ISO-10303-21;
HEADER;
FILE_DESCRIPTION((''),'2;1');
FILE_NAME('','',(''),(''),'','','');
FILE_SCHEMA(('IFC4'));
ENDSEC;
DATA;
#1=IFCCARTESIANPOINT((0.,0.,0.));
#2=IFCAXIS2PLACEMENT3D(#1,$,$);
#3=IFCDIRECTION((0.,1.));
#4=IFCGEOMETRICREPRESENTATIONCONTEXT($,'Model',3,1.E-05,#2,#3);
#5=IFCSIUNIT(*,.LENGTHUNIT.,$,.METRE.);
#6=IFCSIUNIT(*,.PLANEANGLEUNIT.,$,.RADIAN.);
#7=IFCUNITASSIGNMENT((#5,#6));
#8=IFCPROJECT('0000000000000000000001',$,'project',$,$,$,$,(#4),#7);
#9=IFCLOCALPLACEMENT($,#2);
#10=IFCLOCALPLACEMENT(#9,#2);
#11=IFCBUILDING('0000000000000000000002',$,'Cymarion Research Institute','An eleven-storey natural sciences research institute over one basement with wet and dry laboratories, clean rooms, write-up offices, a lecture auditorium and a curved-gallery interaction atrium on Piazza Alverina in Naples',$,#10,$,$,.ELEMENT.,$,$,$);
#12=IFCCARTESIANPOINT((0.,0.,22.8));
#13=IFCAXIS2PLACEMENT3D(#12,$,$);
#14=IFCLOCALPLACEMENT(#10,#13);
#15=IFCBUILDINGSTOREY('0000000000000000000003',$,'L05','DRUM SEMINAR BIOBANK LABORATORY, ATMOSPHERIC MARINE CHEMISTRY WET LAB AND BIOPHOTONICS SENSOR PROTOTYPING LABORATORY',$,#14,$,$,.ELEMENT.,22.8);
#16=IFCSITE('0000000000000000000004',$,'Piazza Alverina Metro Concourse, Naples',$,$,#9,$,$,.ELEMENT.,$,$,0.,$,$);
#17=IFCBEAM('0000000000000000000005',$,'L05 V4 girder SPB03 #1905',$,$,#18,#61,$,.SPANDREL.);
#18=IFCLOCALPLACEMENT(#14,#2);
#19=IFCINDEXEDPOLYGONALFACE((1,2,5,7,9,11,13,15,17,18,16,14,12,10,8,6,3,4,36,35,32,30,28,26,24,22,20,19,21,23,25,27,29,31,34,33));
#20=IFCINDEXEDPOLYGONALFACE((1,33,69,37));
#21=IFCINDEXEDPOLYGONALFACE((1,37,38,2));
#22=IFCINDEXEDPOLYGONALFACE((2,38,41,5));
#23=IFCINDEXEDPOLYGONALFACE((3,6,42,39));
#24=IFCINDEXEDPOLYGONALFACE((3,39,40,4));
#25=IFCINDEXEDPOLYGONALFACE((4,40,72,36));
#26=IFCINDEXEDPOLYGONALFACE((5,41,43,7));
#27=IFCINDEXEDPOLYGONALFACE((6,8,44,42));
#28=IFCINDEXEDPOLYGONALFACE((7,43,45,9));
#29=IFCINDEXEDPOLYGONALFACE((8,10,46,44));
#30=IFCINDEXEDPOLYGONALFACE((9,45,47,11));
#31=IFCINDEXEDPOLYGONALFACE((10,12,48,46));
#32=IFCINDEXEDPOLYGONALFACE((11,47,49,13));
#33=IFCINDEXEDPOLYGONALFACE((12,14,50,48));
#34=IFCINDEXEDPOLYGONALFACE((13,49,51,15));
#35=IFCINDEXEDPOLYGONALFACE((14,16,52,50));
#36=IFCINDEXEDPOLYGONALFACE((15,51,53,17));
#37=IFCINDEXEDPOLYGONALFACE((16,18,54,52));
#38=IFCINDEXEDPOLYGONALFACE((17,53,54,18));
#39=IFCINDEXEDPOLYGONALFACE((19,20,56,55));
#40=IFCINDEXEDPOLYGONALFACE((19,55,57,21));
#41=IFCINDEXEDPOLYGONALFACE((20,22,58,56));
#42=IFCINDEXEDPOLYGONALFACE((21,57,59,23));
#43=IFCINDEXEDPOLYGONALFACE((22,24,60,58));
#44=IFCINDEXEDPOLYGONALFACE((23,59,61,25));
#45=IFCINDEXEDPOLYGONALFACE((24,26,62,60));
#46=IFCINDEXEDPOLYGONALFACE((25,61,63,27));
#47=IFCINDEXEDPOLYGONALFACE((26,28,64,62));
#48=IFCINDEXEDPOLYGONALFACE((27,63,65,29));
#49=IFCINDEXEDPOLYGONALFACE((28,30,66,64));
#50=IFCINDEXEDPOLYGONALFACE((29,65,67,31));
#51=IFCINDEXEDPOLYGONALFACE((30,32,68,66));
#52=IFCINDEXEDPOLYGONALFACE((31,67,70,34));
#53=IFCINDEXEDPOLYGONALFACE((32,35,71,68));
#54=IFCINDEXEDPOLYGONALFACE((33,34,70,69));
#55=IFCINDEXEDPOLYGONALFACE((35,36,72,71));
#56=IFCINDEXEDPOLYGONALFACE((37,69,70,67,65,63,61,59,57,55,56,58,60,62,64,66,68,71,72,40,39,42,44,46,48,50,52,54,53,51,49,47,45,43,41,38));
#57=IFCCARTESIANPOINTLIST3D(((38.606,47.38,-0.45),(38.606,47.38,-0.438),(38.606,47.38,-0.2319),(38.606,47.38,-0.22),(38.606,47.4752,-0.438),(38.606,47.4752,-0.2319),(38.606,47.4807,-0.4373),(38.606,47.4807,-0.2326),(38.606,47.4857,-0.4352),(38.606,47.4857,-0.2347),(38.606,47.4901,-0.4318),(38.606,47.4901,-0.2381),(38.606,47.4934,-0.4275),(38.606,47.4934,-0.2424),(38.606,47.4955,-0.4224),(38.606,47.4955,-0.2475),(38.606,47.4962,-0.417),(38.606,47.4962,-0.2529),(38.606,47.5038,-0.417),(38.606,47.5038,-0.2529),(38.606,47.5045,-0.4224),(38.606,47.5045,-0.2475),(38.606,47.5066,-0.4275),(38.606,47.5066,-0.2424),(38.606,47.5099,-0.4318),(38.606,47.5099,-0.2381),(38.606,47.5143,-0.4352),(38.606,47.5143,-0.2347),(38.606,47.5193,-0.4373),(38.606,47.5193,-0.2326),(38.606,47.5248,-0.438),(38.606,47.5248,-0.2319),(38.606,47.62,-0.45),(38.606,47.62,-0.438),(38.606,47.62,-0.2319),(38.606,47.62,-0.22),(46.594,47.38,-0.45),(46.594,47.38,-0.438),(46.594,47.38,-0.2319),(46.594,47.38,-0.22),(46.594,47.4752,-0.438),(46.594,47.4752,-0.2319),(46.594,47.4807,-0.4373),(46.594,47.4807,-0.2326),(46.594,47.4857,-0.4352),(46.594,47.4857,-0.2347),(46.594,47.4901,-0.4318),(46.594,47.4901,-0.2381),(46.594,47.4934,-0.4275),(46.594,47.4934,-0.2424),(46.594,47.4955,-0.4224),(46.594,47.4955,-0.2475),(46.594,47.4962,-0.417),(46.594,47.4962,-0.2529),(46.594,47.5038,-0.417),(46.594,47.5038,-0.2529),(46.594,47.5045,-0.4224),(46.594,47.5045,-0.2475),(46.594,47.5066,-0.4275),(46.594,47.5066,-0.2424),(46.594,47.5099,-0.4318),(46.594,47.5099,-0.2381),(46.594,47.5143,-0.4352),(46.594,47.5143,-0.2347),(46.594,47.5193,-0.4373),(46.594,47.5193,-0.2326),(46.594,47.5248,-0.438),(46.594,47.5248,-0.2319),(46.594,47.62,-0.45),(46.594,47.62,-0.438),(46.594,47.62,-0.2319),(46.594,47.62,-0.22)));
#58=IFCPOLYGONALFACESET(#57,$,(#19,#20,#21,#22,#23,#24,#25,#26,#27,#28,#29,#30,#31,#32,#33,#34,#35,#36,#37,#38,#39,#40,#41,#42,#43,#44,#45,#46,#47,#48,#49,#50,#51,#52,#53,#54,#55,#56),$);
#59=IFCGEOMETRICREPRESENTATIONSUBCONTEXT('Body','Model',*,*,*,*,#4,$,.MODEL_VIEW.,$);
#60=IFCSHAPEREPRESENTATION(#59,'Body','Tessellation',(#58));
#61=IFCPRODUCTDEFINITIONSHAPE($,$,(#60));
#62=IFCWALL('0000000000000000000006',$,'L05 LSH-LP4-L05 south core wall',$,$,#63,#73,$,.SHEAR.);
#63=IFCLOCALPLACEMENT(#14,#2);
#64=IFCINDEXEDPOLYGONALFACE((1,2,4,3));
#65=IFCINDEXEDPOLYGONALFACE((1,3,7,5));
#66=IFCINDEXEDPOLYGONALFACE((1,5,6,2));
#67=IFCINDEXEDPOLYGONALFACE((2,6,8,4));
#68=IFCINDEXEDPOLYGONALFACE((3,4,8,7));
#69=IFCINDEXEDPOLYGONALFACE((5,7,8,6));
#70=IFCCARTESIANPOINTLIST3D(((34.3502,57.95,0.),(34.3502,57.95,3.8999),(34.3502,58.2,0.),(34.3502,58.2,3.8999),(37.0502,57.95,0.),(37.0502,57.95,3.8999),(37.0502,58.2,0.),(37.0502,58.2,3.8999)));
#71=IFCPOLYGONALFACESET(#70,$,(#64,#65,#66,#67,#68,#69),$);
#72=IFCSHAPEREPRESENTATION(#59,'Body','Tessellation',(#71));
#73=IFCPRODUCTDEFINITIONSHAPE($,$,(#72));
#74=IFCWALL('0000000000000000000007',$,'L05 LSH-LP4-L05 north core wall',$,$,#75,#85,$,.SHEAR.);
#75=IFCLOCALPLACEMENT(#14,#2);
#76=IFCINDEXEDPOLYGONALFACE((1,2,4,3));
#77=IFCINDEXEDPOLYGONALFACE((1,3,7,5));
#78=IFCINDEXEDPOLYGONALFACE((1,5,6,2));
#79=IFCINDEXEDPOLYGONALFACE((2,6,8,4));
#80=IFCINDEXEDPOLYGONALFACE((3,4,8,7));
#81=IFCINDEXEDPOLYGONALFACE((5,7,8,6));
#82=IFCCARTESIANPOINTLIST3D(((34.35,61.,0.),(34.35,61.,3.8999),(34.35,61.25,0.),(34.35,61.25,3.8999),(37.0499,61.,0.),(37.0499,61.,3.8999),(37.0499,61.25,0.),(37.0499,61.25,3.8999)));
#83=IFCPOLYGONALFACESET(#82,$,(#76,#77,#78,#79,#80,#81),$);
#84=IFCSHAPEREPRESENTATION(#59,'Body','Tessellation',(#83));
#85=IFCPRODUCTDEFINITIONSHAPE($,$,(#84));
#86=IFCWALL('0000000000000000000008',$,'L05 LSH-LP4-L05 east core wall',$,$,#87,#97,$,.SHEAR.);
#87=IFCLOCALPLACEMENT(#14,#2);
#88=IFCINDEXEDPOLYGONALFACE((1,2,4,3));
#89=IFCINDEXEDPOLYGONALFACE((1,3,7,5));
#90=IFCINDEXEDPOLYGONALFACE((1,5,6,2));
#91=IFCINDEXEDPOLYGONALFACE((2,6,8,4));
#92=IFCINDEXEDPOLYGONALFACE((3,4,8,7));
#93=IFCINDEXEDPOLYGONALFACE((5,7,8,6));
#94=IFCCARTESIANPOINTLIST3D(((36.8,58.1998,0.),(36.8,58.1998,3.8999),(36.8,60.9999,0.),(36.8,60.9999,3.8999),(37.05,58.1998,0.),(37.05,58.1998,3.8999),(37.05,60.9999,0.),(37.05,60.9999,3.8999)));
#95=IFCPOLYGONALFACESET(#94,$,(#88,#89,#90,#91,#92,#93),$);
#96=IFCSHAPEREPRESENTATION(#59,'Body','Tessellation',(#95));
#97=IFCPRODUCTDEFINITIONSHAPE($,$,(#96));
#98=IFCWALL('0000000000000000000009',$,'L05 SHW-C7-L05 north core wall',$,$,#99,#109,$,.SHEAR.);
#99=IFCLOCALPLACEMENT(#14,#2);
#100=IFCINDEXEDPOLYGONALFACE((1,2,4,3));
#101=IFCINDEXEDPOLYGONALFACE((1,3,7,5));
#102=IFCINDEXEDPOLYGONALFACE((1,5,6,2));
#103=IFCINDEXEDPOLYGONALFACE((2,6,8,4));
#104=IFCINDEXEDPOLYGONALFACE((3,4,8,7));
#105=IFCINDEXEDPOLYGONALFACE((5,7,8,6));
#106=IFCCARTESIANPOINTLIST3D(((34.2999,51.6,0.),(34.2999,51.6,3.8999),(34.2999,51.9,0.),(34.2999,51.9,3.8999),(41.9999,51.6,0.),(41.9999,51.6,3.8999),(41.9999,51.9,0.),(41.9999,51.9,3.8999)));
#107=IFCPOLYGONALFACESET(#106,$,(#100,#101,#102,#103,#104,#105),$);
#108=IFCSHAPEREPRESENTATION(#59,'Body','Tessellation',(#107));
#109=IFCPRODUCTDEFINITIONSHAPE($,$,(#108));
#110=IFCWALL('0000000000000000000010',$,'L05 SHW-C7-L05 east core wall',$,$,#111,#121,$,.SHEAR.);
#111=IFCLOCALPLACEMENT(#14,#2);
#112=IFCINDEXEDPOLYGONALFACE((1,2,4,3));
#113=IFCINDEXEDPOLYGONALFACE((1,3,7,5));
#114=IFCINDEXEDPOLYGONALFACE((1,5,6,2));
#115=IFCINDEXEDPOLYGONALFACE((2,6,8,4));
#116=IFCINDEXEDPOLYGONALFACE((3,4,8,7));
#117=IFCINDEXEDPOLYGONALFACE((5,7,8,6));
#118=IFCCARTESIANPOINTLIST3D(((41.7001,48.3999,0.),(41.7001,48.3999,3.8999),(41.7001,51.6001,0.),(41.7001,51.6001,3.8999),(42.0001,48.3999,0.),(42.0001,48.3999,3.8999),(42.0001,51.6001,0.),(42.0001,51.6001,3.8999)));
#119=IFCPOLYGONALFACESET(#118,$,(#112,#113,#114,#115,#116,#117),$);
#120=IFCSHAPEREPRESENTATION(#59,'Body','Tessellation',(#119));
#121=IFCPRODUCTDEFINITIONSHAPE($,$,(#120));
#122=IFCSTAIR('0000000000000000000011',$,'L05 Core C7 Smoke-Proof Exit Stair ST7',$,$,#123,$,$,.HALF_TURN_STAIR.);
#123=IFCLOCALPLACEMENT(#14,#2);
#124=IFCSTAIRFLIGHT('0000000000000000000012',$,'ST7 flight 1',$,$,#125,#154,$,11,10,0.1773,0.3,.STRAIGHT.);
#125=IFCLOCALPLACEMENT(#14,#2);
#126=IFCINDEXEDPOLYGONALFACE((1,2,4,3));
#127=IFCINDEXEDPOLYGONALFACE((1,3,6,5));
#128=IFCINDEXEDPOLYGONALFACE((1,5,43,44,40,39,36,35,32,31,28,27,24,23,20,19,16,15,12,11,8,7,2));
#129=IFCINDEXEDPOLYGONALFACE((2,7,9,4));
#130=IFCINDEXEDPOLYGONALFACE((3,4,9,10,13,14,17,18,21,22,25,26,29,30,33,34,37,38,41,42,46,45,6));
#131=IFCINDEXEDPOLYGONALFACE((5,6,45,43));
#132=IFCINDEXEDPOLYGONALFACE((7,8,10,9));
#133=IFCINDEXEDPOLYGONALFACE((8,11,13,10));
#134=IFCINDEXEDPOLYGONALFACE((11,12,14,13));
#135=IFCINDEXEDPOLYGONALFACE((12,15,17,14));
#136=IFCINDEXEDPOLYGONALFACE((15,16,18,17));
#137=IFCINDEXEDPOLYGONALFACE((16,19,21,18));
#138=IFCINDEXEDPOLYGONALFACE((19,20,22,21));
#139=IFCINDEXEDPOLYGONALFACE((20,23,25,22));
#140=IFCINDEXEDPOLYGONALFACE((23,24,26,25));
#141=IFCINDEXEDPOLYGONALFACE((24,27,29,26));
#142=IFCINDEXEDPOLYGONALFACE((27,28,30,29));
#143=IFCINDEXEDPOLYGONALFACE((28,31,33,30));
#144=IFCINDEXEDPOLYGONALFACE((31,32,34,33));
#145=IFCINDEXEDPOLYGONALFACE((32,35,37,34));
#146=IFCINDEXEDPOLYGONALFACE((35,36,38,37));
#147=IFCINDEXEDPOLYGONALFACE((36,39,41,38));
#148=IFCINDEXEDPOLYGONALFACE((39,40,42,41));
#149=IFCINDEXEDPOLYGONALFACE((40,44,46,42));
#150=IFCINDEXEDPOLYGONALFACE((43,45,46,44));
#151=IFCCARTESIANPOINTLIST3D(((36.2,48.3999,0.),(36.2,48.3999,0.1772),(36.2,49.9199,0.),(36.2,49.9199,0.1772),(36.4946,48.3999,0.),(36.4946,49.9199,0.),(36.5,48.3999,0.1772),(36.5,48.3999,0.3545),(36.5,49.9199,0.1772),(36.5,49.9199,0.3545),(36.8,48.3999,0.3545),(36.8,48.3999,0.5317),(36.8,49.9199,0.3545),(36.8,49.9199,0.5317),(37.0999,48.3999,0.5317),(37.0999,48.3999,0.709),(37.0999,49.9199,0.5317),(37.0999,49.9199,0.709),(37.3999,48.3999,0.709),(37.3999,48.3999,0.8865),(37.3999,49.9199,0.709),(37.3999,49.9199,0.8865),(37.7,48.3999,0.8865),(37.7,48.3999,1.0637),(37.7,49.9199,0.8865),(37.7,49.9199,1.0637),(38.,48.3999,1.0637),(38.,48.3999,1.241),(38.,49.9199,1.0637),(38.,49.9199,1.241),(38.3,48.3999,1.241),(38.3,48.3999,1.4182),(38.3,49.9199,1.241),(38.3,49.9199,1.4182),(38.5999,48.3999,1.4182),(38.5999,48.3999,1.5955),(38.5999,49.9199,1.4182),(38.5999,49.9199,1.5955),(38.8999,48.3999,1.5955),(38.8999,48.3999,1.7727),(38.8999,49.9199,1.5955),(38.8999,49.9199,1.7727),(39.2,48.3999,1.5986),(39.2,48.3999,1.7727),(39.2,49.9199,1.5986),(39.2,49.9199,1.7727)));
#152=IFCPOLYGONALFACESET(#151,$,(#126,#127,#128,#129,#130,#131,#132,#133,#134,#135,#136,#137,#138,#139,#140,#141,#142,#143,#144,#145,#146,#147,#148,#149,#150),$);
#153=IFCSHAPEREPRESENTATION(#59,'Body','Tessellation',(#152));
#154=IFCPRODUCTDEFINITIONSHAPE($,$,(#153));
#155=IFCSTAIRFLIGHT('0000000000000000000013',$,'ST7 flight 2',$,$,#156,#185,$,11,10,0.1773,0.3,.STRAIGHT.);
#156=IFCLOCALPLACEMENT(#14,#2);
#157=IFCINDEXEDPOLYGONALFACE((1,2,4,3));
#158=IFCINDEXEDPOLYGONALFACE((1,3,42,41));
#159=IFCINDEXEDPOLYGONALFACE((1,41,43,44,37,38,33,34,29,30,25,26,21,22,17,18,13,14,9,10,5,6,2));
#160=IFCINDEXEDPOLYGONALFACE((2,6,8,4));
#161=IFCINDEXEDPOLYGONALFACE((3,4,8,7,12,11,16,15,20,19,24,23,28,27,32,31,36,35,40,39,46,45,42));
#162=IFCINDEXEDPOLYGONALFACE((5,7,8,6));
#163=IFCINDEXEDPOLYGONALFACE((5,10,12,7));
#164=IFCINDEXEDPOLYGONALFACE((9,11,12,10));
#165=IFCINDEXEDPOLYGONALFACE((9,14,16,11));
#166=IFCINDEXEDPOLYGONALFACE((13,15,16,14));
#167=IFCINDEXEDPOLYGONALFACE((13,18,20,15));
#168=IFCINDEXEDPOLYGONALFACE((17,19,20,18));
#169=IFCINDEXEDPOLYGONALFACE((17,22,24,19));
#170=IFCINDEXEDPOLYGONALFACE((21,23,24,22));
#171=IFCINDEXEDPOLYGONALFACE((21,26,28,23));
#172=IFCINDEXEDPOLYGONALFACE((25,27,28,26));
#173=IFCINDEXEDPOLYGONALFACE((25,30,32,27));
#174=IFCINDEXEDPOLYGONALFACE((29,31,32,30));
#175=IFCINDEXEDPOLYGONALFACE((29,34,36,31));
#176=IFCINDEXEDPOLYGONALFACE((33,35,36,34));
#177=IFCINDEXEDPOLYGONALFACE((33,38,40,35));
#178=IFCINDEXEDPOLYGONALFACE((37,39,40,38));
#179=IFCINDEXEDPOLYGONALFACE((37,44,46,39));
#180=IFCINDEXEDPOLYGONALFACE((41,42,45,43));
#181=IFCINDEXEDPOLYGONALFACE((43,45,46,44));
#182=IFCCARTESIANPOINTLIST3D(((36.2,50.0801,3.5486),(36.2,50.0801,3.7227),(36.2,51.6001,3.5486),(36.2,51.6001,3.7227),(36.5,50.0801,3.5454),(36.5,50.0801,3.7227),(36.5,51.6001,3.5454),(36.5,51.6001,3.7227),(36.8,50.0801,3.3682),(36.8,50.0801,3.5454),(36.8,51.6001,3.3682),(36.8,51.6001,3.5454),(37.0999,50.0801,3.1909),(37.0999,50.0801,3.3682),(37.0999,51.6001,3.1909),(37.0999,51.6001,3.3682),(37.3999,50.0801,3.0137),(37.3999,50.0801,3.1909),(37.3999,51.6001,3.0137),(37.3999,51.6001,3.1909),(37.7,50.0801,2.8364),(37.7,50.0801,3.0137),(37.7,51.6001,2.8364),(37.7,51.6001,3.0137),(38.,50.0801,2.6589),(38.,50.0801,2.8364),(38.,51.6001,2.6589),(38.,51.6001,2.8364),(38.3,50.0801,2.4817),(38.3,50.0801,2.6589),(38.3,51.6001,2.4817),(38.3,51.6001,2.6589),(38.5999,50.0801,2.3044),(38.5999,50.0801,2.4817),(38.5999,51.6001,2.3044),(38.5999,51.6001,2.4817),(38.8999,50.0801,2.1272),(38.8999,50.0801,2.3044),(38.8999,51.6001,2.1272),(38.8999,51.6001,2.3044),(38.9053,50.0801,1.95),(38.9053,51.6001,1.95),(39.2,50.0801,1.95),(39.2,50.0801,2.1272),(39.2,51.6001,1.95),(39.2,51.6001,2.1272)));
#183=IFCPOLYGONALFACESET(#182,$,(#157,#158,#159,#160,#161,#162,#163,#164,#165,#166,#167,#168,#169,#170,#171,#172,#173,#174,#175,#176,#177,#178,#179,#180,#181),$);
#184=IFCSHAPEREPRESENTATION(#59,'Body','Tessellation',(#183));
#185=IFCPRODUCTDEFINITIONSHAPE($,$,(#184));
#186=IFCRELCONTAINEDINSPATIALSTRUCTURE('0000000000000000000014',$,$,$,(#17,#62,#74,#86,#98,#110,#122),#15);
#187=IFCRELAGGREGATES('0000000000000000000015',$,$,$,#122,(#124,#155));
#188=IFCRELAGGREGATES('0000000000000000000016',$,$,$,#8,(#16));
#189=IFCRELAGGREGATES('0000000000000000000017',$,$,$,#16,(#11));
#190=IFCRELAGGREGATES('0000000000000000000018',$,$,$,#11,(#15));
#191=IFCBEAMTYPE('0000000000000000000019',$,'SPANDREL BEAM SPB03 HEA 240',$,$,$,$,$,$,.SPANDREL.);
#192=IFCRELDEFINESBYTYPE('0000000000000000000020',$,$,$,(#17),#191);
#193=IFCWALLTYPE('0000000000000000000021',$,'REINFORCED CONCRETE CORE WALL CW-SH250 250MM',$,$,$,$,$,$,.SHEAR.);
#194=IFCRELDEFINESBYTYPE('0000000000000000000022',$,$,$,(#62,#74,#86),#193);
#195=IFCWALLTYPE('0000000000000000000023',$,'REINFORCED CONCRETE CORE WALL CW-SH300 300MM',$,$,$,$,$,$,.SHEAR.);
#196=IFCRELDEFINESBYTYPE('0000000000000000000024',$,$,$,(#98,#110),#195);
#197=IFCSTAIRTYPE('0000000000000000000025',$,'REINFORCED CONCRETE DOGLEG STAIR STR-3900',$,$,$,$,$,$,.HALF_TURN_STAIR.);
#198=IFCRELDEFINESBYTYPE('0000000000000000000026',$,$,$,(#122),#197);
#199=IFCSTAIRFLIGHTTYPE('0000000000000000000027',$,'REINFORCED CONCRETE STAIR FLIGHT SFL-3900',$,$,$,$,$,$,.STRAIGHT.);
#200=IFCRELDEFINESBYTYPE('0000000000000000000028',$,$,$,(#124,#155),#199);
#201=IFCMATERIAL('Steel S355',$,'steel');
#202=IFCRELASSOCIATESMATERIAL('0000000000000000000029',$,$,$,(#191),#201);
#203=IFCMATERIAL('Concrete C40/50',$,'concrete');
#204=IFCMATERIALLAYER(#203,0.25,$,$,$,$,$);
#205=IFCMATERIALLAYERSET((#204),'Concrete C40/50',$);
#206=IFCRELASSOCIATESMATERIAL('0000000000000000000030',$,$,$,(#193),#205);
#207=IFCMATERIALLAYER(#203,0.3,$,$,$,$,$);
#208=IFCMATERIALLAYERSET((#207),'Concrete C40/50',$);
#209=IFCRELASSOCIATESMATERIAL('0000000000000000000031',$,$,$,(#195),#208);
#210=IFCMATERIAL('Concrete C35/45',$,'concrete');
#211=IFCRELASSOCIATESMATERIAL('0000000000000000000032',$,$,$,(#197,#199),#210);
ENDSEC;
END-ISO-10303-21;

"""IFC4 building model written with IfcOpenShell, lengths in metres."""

from ifc_helpers import new_model, si_unit, direction, frame, frame_2d, origin, origin_2d, place, context, subcontext, project, spatial, polyline, rectangle, i_section, outline, extrude, material, layer, layer_set, material_profile, profile_set, type_object, element, aggregate, save


model = new_model("IFC4")

# Units and contexts
model_context = context("Model", 3, precision=1e-05, world=origin(), true_north=direction((0.0, 1.0)))
body_context = subcontext(model_context, "Body", "Model", "MODEL_VIEW")
ifc_project = project(units=[si_unit("LENGTHUNIT", "METRE"), si_unit("PLANEANGLEUNIT", "RADIAN")], contexts=[model_context])

# Site, building, storey
site_placement = place(None, origin())
site = spatial("IfcSite", under=ifc_project, at=site_placement, Name="Piazza Alverina Metro Concourse, Naples", CompositionType="ELEMENT", RefElevation=0.0)
building_placement = place(site_placement, origin())
building = spatial("IfcBuilding", under=site, at=building_placement, Name="Cymarion Research Institute", Description="An eleven-storey natural sciences research institute over one basement with wet and dry laboratories, clean rooms, write-up offices, a lecture auditorium and a curved-gallery interaction atrium on Piazza Alverina in Naples", CompositionType="ELEMENT")
storey_placement = place(building_placement, frame((0.0, 0.0, 22.8)))
storey = spatial("IfcBuildingStorey", under=building, at=storey_placement, Name="L05", Description="DRUM SEMINAR BIOBANK LABORATORY, ATMOSPHERIC MARINE CHEMISTRY WET LAB AND BIOPHOTONICS SENSOR PROTOTYPING LABORATORY", CompositionType="ELEMENT", Elevation=22.8)

# Shared definitions
ifc_material_1 = material(Name="Steel S355", Category="steel")

# Beam
ifc_material_profile_1 = material_profile(ifc_material_1, i_section(OverallWidth=0.24, OverallDepth=0.23, WebThickness=0.0076, FlangeThickness=0.012, FilletRadius=0.021, at=origin_2d()), Name="HEA 240")
ifc_profile_set_1 = profile_set([ifc_material_profile_1], Name="Steel S355")
beam_type_1 = type_object("IfcBeamType", Name="SPANDREL BEAM SPB03 HEA 240", PredefinedType="SPANDREL", material=ifc_profile_set_1)
beam_1_placement = place(storey_placement, frame((38.606, 47.5, -0.335), z_axis=(1.0, 0.0, 0.0), x_axis=(0.0, 1.0, 0.0)))
element("IfcBeam", 1, at=beam_1_placement, inside=storey, type_object=beam_type_1, Name="L05 V4 girder SPB03 #1905", PredefinedType="SPANDREL", context=body_context, shape_type="SweptSolid", body=[
    extrude(i_section(OverallWidth=0.24, OverallDepth=0.23, WebThickness=0.0076, FlangeThickness=0.012, FilletRadius=0.021, at=origin_2d()), origin(), (0.0, 0.0, 1.0), 7.988),
])

# Walls
ifc_material_2 = material(Name="Concrete C40/50", Category="concrete")
ifc_layer_1 = layer(ifc_material_2, 0.25)
ifc_layer_set_1 = layer_set([ifc_layer_1], Name="Concrete C40/50")
wall_type_1 = type_object("IfcWallType", Name="REINFORCED CONCRETE CORE WALL CW-SH250 250MM", PredefinedType="SHEAR", material=ifc_layer_set_1)
for number, where, z_axis, x_axis, name in (
    (2, (34.3501, 58.075, 0.0), (0.0, 0.0, 1.0), (1.0, 0.0, 0.0), "L05 LSH-LP4-L05 south core wall"),
    (3, (37.05, 61.125, 0.0), (0.0, 0.0, 1.0), (-1.0, 0.0, 0.0), "L05 LSH-LP4-L05 north core wall"),
):
    element("IfcWall", number, at=place(storey_placement, frame(where, z_axis=z_axis, x_axis=x_axis)), inside=storey, type_object=wall_type_1, Name=name, PredefinedType="SHEAR", context=body_context, shape_type="SweptSolid", body=[
        extrude(rectangle(XDim=2.7, YDim=0.25, at=frame_2d((1.3501, 0.0))), origin(), (0.0, 0.0, 1.0), 3.8999),
    ])

# Walls
wall_1_placement = place(storey_placement, frame((36.925, 58.2, 0.0), z_axis=(0.0, 0.0, 1.0), x_axis=(0.0, 1.0, 0.0)))
element("IfcWall", 4, at=wall_1_placement, inside=storey, type_object=wall_type_1, Name="L05 LSH-LP4-L05 east core wall", PredefinedType="SHEAR", context=body_context, shape_type="SweptSolid", body=[
    extrude(rectangle(XDim=2.8, YDim=0.25, at=frame_2d((1.3999, 0.0))), origin(), (0.0, 0.0, 1.0), 3.8999),
])
ifc_layer_2 = layer(ifc_material_2, 0.3)
ifc_layer_set_2 = layer_set([ifc_layer_2], Name="Concrete C40/50")
wall_type_2 = type_object("IfcWallType", Name="REINFORCED CONCRETE CORE WALL CW-SH300 300MM", PredefinedType="SHEAR", material=ifc_layer_set_2)
wall_2_placement = place(storey_placement, frame((42.0, 51.75, 0.0), z_axis=(0.0, 0.0, 1.0), x_axis=(-1.0, 0.0, 0.0)))
element("IfcWall", 5, at=wall_2_placement, inside=storey, type_object=wall_type_2, Name="L05 SHW-C7-L05 north core wall", PredefinedType="SHEAR", context=body_context, shape_type="SweptSolid", body=[
    extrude(rectangle(XDim=7.7, YDim=0.3, at=frame_2d((3.8501, 0.0))), origin(), (0.0, 0.0, 1.0), 3.8999),
])

# Wall
wall_3_placement = place(storey_placement, frame((41.8501, 48.3999, 0.0), z_axis=(0.0, 0.0, 1.0), x_axis=(0.0, 1.0, 0.0)))
element("IfcWall", 6, at=wall_3_placement, inside=storey, type_object=wall_type_2, Name="L05 SHW-C7-L05 east core wall", PredefinedType="SHEAR", context=body_context, shape_type="SweptSolid", body=[
    extrude(rectangle(XDim=3.2002, YDim=0.3, at=frame_2d((1.6001, 0.0))), origin(), (0.0, 0.0, 1.0), 3.8999),
])

# Stair, stair flights
ifc_material_3 = material(Name="Concrete C35/45", Category="concrete")
stair_type = type_object("IfcStairType", Name="REINFORCED CONCRETE DOGLEG STAIR STR-3900", PredefinedType="HALF_TURN_STAIR", material=ifc_material_3)
stair_placement = place(storey_placement, origin())
stair = element("IfcStair", 7, at=stair_placement, inside=storey, type_object=stair_type, Name="L05 Core C7 Smoke-Proof Exit Stair ST7", PredefinedType="HALF_TURN_STAIR")
stair_flight_type = type_object("IfcStairFlightType", Name="REINFORCED CONCRETE STAIR FLIGHT SFL-3900", PredefinedType="STRAIGHT", material=ifc_material_3)
stair_flight_1_placement = place(storey_placement, frame((36.2, 49.1599, 0.0), z_axis=(0.0, 0.0, 1.0), x_axis=(1.0, 0.0, 0.0)))
stair_flight_1 = element("IfcStairFlight", 8, at=stair_flight_1_placement, type_object=stair_flight_type, Name="ST7 flight 1", NumberOfRisers=11, NumberOfTreads=10, PredefinedType="STRAIGHT", RiserHeight=0.1773, TreadLength=0.3, context=body_context, shape_type="SweptSolid", body=[
    extrude(outline(polyline([(0.0, 0.0), (0.0, 0.1772), (0.3, 0.1772), (0.3, 0.3545), (0.6001, 0.3545), (0.6001, 0.5317), (0.8999, 0.5317), (0.8999, 0.709), (1.2, 0.709), (1.2, 0.8865), (1.5, 0.8865), (1.5, 1.0637), (1.8, 1.0637), (1.8, 1.241), (2.1001, 1.241), (2.1001, 1.4182), (2.3999, 1.4182), (2.3999, 1.5955), (2.7, 1.5955), (2.7, 1.7727), (3.0, 1.7727), (3.0, 1.95), (3.0, 1.5986), (0.2947, 0.0), (0.0, 0.0)])), frame((0.0, 0.76, 0.0), z_axis=(0.0, -1.0, 0.0), x_axis=(1.0, 0.0, 0.0)), (0.0, 0.0, 1.0), 1.52),
])
stair_flight_2_placement = place(storey_placement, frame((39.2, 50.8401, 1.95), z_axis=(0.0, 0.0, 1.0), x_axis=(-1.0, 0.0, 0.0)))
stair_flight_2 = element("IfcStairFlight", 9, at=stair_flight_2_placement, type_object=stair_flight_type, Name="ST7 flight 2", NumberOfRisers=11, NumberOfTreads=10, PredefinedType="STRAIGHT", RiserHeight=0.1773, TreadLength=0.3, context=body_context, shape_type="SweptSolid", body=[
    extrude(outline(polyline([(0.0, 0.0), (0.0, 0.1772), (0.3, 0.1772), (0.3, 0.3545), (0.6001, 0.3545), (0.6001, 0.5317), (0.8999, 0.5317), (0.8999, 0.709), (1.2, 0.709), (1.2, 0.8865), (1.5, 0.8865), (1.5, 1.0637), (1.8, 1.0637), (1.8, 1.241), (2.1001, 1.241), (2.1001, 1.4182), (2.3999, 1.4182), (2.3999, 1.5955), (2.7, 1.5955), (2.7, 1.7727), (3.0, 1.7727), (3.0, 1.95), (3.0, 1.5986), (0.2947, 0.0), (0.0, 0.0)])), frame((0.0, 0.76, 0.0), z_axis=(0.0, -1.0, 0.0), x_axis=(1.0, 0.0, 0.0)), (0.0, 0.0, 1.0), 1.52),
])
aggregate(stair, [stair_flight_1, stair_flight_2])

save(model, "model.ifc")
